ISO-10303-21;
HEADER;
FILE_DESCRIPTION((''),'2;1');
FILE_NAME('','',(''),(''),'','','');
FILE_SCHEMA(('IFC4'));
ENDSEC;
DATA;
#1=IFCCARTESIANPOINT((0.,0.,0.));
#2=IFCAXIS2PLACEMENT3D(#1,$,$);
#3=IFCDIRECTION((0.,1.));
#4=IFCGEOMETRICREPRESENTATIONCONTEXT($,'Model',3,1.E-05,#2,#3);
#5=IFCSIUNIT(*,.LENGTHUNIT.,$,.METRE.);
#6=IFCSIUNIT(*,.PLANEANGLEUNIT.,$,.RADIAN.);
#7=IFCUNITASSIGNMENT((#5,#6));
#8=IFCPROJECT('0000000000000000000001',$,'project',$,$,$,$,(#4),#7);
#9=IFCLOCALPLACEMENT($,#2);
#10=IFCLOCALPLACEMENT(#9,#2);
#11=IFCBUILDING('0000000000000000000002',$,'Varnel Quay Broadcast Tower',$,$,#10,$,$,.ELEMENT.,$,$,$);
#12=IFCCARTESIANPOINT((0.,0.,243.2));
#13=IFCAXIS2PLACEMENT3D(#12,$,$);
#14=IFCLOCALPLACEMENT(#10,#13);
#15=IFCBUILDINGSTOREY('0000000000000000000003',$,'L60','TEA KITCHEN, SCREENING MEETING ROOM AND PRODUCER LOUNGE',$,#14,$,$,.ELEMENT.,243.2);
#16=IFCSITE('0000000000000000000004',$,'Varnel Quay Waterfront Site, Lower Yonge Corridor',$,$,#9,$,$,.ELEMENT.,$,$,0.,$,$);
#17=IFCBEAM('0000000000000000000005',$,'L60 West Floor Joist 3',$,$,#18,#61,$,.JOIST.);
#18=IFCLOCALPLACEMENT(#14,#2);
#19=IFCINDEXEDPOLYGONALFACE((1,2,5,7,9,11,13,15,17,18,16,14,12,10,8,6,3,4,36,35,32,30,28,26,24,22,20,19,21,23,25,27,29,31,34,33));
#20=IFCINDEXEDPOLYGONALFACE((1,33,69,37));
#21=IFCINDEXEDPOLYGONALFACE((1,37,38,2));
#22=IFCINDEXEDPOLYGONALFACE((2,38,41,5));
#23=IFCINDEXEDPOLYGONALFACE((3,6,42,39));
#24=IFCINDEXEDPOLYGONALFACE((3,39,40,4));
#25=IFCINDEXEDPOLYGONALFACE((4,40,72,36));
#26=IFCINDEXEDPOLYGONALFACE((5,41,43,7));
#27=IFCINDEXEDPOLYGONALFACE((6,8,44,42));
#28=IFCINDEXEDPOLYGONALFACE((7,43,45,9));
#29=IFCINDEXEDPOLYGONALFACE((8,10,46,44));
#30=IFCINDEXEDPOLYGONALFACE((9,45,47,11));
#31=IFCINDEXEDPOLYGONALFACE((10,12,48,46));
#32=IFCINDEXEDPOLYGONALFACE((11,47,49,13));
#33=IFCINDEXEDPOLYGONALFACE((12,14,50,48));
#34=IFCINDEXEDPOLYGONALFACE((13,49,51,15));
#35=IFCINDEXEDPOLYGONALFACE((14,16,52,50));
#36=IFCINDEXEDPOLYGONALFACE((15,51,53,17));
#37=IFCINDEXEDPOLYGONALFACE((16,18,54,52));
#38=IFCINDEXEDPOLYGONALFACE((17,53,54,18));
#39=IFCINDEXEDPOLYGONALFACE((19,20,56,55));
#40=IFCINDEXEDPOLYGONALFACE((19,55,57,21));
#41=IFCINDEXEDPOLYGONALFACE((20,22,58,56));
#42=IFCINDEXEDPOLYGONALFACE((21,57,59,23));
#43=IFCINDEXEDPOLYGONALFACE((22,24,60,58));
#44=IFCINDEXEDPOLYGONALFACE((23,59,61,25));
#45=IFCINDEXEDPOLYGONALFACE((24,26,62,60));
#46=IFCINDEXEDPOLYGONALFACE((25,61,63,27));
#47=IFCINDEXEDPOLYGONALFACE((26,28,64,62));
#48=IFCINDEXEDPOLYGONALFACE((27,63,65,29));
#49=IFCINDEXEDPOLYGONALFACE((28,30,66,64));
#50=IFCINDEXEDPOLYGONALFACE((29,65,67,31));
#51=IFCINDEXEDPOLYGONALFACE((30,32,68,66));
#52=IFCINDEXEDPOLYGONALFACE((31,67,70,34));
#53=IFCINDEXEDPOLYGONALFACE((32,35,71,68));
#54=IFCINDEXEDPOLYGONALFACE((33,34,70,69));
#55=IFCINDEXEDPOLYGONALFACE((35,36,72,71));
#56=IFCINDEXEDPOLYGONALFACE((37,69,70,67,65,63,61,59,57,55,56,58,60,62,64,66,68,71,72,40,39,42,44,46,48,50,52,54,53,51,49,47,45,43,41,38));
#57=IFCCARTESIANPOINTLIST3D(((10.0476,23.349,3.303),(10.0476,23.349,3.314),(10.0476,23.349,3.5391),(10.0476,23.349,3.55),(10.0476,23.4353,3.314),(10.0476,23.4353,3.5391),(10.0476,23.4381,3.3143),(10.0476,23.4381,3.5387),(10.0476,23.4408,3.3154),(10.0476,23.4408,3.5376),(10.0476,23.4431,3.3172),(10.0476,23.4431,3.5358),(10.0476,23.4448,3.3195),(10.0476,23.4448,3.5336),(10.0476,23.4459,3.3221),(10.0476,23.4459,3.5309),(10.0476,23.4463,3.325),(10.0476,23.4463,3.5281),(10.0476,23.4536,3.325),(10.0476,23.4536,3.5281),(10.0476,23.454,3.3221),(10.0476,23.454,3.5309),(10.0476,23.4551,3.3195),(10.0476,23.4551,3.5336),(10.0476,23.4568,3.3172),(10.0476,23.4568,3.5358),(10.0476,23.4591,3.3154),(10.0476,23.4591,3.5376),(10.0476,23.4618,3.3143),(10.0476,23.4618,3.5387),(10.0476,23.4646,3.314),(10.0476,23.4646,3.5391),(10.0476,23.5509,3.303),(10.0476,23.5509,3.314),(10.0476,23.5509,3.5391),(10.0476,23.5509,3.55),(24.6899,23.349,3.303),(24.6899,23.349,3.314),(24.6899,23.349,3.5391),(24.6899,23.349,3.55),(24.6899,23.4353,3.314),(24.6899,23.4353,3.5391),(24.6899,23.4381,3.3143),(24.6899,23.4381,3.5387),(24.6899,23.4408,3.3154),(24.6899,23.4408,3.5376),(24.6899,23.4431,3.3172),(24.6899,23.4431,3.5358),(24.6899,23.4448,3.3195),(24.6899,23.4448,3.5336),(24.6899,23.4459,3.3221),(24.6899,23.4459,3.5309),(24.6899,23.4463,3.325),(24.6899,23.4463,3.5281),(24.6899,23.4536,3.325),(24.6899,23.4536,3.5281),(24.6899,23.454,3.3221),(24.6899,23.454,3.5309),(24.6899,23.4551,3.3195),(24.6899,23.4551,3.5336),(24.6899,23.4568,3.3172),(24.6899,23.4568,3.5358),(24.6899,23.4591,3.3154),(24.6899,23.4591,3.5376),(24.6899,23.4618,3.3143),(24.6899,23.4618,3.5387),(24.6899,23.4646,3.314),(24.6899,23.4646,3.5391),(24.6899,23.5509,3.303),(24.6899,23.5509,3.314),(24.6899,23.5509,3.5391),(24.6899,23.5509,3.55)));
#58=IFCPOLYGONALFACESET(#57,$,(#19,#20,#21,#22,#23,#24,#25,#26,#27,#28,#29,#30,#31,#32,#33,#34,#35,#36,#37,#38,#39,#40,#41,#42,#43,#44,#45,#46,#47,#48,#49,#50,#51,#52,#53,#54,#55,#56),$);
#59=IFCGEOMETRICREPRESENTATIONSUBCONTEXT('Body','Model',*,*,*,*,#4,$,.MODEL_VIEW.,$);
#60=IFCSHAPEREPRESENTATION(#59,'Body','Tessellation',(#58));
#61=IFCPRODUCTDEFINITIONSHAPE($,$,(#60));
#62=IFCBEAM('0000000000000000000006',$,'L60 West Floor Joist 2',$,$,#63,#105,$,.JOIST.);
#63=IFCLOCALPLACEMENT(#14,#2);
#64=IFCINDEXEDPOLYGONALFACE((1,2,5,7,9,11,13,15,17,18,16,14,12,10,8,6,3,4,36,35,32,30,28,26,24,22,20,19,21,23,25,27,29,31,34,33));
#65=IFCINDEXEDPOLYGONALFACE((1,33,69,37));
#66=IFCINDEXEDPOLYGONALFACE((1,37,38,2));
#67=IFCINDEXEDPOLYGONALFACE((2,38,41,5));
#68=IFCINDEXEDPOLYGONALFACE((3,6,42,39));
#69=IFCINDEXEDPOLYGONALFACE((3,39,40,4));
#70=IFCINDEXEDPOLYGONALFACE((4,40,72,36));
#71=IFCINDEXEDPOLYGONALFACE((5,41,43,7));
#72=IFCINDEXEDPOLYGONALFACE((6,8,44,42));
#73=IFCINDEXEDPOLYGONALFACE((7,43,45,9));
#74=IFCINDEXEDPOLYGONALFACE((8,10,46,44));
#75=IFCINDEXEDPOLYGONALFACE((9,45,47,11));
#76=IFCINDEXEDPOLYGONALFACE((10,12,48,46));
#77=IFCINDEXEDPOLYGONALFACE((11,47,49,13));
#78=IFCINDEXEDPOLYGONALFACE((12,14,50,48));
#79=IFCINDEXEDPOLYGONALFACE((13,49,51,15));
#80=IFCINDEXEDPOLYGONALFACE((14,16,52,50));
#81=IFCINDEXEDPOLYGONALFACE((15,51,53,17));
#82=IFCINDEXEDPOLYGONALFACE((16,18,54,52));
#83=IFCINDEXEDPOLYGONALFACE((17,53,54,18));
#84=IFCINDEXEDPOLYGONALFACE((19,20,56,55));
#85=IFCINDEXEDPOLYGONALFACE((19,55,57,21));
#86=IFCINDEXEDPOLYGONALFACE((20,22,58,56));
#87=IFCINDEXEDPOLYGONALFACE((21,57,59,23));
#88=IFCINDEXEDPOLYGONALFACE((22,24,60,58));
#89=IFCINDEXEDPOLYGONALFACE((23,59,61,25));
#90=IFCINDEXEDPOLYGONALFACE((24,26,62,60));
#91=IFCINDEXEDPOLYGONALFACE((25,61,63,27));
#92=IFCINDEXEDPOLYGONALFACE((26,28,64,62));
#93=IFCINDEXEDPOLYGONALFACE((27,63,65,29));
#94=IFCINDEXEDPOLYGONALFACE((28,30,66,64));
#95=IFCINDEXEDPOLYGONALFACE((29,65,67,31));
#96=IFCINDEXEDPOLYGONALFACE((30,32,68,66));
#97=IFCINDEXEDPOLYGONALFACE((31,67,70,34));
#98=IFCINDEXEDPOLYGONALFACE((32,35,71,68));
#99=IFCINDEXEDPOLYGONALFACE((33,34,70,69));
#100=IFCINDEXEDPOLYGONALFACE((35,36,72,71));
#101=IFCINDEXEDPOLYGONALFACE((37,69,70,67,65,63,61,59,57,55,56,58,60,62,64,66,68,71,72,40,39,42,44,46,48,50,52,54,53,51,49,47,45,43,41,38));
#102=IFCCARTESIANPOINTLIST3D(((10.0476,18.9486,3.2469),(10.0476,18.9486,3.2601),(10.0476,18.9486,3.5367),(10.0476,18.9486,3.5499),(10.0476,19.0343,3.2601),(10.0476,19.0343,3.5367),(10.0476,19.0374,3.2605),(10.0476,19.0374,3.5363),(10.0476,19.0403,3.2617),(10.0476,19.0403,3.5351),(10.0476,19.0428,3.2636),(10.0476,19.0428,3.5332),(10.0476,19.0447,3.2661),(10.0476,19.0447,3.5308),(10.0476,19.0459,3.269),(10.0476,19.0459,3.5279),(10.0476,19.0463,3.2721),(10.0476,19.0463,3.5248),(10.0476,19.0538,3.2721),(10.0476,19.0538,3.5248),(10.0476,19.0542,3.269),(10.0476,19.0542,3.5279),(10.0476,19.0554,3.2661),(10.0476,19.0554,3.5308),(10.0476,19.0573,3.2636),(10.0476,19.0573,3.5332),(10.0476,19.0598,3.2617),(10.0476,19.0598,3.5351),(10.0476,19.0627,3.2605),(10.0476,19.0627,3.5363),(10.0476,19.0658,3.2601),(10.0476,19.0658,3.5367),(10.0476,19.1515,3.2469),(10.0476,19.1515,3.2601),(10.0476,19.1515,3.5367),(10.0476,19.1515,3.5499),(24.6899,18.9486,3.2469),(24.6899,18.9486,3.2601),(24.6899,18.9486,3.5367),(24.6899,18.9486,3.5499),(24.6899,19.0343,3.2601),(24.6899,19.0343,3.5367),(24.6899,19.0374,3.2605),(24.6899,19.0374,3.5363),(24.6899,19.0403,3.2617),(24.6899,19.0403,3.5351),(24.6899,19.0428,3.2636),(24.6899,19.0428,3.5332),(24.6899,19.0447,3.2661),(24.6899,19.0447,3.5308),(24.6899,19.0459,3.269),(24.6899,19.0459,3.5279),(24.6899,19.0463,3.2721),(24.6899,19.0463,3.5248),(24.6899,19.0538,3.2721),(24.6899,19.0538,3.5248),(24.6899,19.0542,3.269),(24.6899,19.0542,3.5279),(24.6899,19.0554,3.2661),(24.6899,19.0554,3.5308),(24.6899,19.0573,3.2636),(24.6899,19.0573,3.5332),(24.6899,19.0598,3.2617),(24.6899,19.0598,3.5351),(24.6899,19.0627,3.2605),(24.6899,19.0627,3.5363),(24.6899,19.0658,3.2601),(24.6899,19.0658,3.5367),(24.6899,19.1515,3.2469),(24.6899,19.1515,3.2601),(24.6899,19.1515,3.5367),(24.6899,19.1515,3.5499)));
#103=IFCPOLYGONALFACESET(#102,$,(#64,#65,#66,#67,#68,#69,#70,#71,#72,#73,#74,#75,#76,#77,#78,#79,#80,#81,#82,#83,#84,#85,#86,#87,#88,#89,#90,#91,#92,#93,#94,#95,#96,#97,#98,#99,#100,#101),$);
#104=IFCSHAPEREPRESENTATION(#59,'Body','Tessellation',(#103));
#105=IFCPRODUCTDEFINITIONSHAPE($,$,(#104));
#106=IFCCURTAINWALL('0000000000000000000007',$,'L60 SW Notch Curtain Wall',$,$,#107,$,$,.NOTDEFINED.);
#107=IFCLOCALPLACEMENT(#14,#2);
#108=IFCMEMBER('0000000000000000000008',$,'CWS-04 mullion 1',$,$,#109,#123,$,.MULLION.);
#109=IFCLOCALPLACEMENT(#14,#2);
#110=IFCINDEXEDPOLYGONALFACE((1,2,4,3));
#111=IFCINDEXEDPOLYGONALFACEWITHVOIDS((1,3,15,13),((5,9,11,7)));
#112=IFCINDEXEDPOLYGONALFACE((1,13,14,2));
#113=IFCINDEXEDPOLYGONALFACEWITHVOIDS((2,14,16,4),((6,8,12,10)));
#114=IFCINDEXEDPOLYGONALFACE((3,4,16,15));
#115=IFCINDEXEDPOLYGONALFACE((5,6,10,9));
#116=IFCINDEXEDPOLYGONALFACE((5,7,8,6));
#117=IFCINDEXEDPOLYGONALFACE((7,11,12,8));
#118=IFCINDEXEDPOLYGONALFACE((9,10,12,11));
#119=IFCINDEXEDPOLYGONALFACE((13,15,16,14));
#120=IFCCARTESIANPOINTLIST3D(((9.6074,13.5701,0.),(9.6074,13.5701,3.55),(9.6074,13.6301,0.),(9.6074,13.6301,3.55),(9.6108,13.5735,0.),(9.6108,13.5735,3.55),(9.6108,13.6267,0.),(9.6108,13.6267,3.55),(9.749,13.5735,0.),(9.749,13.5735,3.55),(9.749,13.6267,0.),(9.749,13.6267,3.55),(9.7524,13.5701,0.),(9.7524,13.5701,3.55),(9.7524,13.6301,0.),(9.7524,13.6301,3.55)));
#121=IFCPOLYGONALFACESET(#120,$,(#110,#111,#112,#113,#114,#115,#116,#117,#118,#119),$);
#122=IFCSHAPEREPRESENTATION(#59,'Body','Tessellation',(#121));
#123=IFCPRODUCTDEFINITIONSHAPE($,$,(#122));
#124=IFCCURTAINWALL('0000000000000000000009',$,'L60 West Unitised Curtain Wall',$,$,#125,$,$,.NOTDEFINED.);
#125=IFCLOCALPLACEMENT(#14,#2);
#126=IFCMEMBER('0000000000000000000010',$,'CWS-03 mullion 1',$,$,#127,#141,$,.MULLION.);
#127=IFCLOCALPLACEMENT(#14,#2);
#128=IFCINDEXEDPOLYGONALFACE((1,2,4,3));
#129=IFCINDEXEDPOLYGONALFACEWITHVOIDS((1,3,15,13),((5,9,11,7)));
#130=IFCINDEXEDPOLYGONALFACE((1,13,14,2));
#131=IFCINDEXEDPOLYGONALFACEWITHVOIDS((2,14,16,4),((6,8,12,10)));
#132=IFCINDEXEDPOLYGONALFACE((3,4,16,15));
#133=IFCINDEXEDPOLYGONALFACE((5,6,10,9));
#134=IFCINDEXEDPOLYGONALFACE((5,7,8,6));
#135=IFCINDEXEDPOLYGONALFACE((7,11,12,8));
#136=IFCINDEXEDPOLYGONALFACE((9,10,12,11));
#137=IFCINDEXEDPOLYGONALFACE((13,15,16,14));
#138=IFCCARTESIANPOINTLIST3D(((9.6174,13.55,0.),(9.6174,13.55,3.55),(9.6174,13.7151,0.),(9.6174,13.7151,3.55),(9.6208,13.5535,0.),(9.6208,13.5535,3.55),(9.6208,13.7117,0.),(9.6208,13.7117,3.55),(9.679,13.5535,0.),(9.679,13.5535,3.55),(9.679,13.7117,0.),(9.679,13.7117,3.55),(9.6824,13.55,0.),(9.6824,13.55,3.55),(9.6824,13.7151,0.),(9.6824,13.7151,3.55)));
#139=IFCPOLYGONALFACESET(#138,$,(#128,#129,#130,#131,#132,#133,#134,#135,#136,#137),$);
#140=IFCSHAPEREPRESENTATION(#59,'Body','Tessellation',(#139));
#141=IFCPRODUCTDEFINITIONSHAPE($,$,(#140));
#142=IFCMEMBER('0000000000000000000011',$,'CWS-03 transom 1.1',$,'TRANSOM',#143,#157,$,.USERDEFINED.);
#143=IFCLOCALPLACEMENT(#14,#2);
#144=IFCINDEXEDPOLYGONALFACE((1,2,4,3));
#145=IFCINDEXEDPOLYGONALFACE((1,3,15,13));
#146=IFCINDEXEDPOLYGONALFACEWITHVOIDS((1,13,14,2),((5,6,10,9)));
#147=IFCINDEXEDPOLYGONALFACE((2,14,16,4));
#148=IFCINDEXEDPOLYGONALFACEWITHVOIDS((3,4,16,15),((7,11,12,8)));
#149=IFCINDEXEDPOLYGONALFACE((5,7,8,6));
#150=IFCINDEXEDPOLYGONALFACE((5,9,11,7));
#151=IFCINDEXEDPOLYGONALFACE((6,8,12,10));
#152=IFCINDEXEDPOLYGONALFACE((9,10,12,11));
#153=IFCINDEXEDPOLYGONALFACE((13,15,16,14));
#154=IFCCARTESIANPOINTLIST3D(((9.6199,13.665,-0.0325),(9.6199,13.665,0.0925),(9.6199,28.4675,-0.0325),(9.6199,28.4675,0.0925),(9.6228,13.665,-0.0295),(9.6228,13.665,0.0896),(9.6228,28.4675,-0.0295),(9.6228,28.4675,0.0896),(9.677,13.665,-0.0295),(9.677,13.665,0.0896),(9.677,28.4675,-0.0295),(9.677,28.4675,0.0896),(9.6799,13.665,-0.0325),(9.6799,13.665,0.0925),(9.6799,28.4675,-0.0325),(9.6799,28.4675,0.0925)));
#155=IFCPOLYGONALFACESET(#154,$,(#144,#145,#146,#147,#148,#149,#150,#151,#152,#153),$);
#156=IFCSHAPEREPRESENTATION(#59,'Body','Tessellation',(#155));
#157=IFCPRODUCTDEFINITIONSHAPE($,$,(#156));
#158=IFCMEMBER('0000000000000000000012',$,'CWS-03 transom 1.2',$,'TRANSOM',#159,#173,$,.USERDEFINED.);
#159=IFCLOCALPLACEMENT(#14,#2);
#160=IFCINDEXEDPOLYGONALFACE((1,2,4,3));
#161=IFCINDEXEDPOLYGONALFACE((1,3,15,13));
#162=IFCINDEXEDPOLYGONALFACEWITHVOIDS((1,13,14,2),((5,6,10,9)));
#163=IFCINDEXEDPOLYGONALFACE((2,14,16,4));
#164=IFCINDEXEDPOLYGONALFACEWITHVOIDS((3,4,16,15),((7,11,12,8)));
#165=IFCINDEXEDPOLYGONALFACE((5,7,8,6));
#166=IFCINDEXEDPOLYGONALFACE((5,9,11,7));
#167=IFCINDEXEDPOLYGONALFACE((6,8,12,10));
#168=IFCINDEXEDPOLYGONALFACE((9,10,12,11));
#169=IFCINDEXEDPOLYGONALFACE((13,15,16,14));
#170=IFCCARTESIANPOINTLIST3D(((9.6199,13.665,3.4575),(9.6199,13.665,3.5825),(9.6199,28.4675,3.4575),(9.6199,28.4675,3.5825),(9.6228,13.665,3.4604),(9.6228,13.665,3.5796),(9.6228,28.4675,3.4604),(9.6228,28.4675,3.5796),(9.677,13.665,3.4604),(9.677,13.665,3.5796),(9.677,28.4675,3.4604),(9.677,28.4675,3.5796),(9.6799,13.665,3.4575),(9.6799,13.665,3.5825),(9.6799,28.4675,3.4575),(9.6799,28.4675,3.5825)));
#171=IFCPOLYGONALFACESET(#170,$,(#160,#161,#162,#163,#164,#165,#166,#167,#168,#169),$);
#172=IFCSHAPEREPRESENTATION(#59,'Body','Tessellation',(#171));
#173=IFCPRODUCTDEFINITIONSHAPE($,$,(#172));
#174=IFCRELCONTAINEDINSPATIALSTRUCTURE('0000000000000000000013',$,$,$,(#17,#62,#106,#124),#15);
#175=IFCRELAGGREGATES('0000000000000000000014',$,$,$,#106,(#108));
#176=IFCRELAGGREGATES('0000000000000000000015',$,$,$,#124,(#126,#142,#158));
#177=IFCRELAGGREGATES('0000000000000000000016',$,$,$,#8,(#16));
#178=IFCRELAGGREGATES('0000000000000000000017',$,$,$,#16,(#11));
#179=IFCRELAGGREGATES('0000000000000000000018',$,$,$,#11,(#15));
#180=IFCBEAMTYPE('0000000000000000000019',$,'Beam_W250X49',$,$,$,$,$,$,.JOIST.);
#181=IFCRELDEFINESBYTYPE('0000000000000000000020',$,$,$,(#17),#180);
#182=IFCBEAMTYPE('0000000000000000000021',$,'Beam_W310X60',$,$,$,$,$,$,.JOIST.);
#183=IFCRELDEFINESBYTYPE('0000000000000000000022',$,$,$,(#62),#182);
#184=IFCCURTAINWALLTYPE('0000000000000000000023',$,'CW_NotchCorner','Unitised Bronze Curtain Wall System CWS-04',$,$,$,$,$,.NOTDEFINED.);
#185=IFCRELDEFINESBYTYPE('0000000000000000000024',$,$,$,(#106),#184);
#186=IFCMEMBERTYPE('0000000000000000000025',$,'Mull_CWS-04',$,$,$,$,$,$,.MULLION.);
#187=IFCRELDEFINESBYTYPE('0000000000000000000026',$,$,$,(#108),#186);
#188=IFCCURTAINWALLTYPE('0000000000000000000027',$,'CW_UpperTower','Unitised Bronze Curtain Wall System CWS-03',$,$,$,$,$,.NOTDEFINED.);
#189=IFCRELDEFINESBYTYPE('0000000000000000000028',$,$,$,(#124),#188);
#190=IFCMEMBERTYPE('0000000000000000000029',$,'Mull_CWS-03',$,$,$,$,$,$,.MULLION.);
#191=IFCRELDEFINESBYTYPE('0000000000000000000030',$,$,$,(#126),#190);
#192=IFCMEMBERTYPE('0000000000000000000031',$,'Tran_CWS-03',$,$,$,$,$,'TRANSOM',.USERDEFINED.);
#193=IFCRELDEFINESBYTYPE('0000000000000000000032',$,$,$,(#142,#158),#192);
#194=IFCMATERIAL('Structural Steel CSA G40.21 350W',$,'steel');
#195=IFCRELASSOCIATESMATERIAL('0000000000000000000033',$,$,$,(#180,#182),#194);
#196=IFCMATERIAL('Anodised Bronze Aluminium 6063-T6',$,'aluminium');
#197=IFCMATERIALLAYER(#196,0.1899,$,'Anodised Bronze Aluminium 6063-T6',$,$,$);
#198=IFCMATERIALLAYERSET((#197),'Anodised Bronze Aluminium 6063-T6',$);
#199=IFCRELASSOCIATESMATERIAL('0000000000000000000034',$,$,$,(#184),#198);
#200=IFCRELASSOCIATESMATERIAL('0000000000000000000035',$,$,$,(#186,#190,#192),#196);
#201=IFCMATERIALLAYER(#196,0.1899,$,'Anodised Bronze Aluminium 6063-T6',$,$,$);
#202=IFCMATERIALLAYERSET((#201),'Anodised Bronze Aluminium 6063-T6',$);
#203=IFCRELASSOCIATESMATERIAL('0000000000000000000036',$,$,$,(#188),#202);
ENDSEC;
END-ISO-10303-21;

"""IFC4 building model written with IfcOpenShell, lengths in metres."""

from ifc_helpers import new_model, si_unit, direction, frame, origin, origin_2d, place, context, subcontext, project, spatial, hollow_rectangle, i_section, extrude, source, transform, mapped, material, layer, layer_set, material_profile, profile_set, type_object, type_shapes, element, aggregate, save


model = new_model("IFC4")

# Units and contexts
model_context = context("Model", 3, precision=1e-05, world=origin(), true_north=direction((0.0, 1.0)))
body_context = subcontext(model_context, "Body", "Model", "MODEL_VIEW")
ifc_project = project(units=[si_unit("LENGTHUNIT", "METRE"), si_unit("PLANEANGLEUNIT", "RADIAN")], contexts=[model_context])

# Site, building, storey
site_placement = place(None, origin())
site = spatial("IfcSite", under=ifc_project, at=site_placement, Name="Varnel Quay Waterfront Site, Lower Yonge Corridor", CompositionType="ELEMENT", RefElevation=0.0)
building_placement = place(site_placement, origin())
building = spatial("IfcBuilding", under=site, at=building_placement, Name="Varnel Quay Broadcast Tower", CompositionType="ELEMENT")
storey_placement = place(building_placement, frame((0.0, 0.0, 243.2)))
storey = spatial("IfcBuildingStorey", under=building, at=storey_placement, Name="L60", Description="TEA KITCHEN, SCREENING MEETING ROOM AND PRODUCER LOUNGE", CompositionType="ELEMENT", Elevation=243.2)

# Shared definitions
ifc_material_1 = material(Name="Structural Steel CSA G40.21 350W", Category="steel")

# Beams
ifc_material_profile_1 = material_profile(ifc_material_1, i_section(OverallWidth=0.2019, OverallDepth=0.2471, WebThickness=0.0073, FlangeThickness=0.011, FilletRadius=0.011, at=origin_2d()), Name="W250X49")
ifc_profile_set_1 = profile_set([ifc_material_profile_1], Name="Structural Steel CSA G40.21 350W")
beam_type_1 = type_object("IfcBeamType", Name="Beam_W250X49", PredefinedType="JOIST", material=ifc_profile_set_1)
shared_shape_1 = source(origin(), body_context, "Body", "SweptSolid", [
    extrude(i_section(OverallWidth=0.2019, OverallDepth=0.2471, WebThickness=0.0073, FlangeThickness=0.011, FilletRadius=0.011, at=origin_2d()), origin(), (0.0, 0.0, 1.0), 14.6423),
])
type_shapes(beam_type_1, [shared_shape_1])
for number, where, z_axis, x_axis, name in (
    (1, (10.0476, 23.45, 3.4265), (1.0, 0.0, 0.0), (0.0, 1.0, 0.0), "L60 West Floor Joist 3"),
):
    element("IfcBeam", number, at=place(storey_placement, frame(where, z_axis=z_axis, x_axis=x_axis)), inside=storey, type_object=beam_type_1, Name=name, PredefinedType="JOIST", context=body_context, shape_type="MappedRepresentation", body=[
        mapped(shared_shape_1, transform((0.0, 0.0, 0.0), x_axis=(1.0, 0.0, 0.0), y_axis=(0.0, 1.0, 0.0), z_axis=(0.0, 0.0, 1.0), scale=1.0)),
    ])
ifc_material_profile_2 = material_profile(ifc_material_1, i_section(OverallWidth=0.2029, OverallDepth=0.303, WebThickness=0.0076, FlangeThickness=0.0132, FilletRadius=0.012, at=origin_2d()), Name="W310X60")
ifc_profile_set_2 = profile_set([ifc_material_profile_2], Name="Structural Steel CSA G40.21 350W")
beam_type_2 = type_object("IfcBeamType", Name="Beam_W310X60", PredefinedType="JOIST", material=ifc_profile_set_2)
shared_shape_2 = source(origin(), body_context, "Body", "SweptSolid", [
    extrude(i_section(OverallWidth=0.2029, OverallDepth=0.303, WebThickness=0.0076, FlangeThickness=0.0132, FilletRadius=0.012, at=origin_2d()), origin(), (0.0, 0.0, 1.0), 14.6423),
])
type_shapes(beam_type_2, [shared_shape_2])
beam_1_placement = place(storey_placement, frame((10.0476, 19.05, 3.3984), z_axis=(1.0, 0.0, 0.0), x_axis=(0.0, 1.0, 0.0)))
element("IfcBeam", 2, at=beam_1_placement, inside=storey, type_object=beam_type_2, Name="L60 West Floor Joist 2", PredefinedType="JOIST", context=body_context, shape_type="MappedRepresentation", body=[
    mapped(shared_shape_2, transform((0.0, 0.0, 0.0), x_axis=(1.0, 0.0, 0.0), y_axis=(0.0, 1.0, 0.0), z_axis=(0.0, 0.0, 1.0), scale=1.0)),
])

# Curtain wall, member
ifc_material_2 = material(Name="Anodised Bronze Aluminium 6063-T6", Category="aluminium")
ifc_layer_1 = layer(ifc_material_2, 0.1899, Name="Anodised Bronze Aluminium 6063-T6")
ifc_layer_set_1 = layer_set([ifc_layer_1], Name="Anodised Bronze Aluminium 6063-T6")
curtain_wall_type_1 = type_object("IfcCurtainWallType", Name="CW_NotchCorner", Description="Unitised Bronze Curtain Wall System CWS-04", PredefinedType="NOTDEFINED", material=ifc_layer_set_1)
curtain_wall_1_placement = place(storey_placement, origin())
curtain_wall_1 = element("IfcCurtainWall", 3, at=curtain_wall_1_placement, inside=storey, type_object=curtain_wall_type_1, Name="L60 SW Notch Curtain Wall", PredefinedType="NOTDEFINED")
ifc_material_profile_3 = material_profile(ifc_material_2, hollow_rectangle(XDim=0.0601, YDim=0.145, WallThickness=0.0034, at=origin_2d()), Name="ALU60X145X3.5")
ifc_profile_set_3 = profile_set([ifc_material_profile_3], Name="Anodised Bronze Aluminium 6063-T6")
member_type_1 = type_object("IfcMemberType", Name="Mull_CWS-04", PredefinedType="MULLION", material=ifc_profile_set_3)
shared_shape_3 = source(origin(), body_context, "Body", "SweptSolid", [
    extrude(hollow_rectangle(XDim=0.0601, YDim=0.145, WallThickness=0.0034, at=origin_2d()), origin(), (0.0, 0.0, 1.0), 3.55),
])
type_shapes(member_type_1, [shared_shape_3])
member_1_placement = place(storey_placement, frame((9.6799, 13.6001, 0.0), z_axis=(0.0, 0.0, 1.0), x_axis=(0.0, 1.0, 0.0)))
member_1 = element("IfcMember", 4, at=member_1_placement, type_object=member_type_1, Name="CWS-04 mullion 1", PredefinedType="MULLION", context=body_context, shape_type="MappedRepresentation", body=[
    mapped(shared_shape_3, transform((0.0, 0.0, 0.0), x_axis=(1.0, 0.0, 0.0), y_axis=(0.0, 1.0, 0.0), z_axis=(0.0, 0.0, 1.0), scale=1.0)),
])

# Curtain wall, members
ifc_layer_2 = layer(ifc_material_2, 0.1899, Name="Anodised Bronze Aluminium 6063-T6")
ifc_layer_set_2 = layer_set([ifc_layer_2], Name="Anodised Bronze Aluminium 6063-T6")
curtain_wall_type_2 = type_object("IfcCurtainWallType", Name="CW_UpperTower", Description="Unitised Bronze Curtain Wall System CWS-03", PredefinedType="NOTDEFINED", material=ifc_layer_set_2)
curtain_wall_2_placement = place(storey_placement, origin())
curtain_wall_2 = element("IfcCurtainWall", 5, at=curtain_wall_2_placement, inside=storey, type_object=curtain_wall_type_2, Name="L60 West Unitised Curtain Wall", PredefinedType="NOTDEFINED")
ifc_material_profile_4 = material_profile(ifc_material_2, hollow_rectangle(XDim=0.0649, YDim=0.165, WallThickness=0.0034, at=origin_2d()), Name="ALU65X165X3.5")
ifc_profile_set_4 = profile_set([ifc_material_profile_4], Name="Anodised Bronze Aluminium 6063-T6")
member_type_2 = type_object("IfcMemberType", Name="Mull_CWS-03", PredefinedType="MULLION", material=ifc_profile_set_4)
shared_shape_4 = source(origin(), body_context, "Body", "SweptSolid", [
    extrude(hollow_rectangle(XDim=0.0649, YDim=0.165, WallThickness=0.0034, at=origin_2d()), origin(), (0.0, 0.0, 1.0), 3.55),
])
type_shapes(member_type_2, [shared_shape_4])
member_2_placement = place(storey_placement, frame((9.6499, 13.6326, 0.0), z_axis=(0.0, 0.0, 1.0), x_axis=(-1.0, 0.0, 0.0)))
member_2 = element("IfcMember", 6, at=member_2_placement, type_object=member_type_2, Name="CWS-03 mullion 1", PredefinedType="MULLION", context=body_context, shape_type="MappedRepresentation", body=[
    mapped(shared_shape_4, transform((0.0, 0.0, 0.0), x_axis=(1.0, 0.0, 0.0), y_axis=(0.0, 1.0, 0.0), z_axis=(0.0, 0.0, 1.0), scale=1.0)),
])
ifc_material_profile_5 = material_profile(ifc_material_2, hollow_rectangle(XDim=0.0601, YDim=0.125, WallThickness=0.0029, at=origin_2d()), Name="ALU60X125X3")
ifc_profile_set_5 = profile_set([ifc_material_profile_5], Name="Anodised Bronze Aluminium 6063-T6")
member_type_3 = type_object("IfcMemberType", Name="Tran_CWS-03", ElementType="TRANSOM", PredefinedType="USERDEFINED", material=ifc_profile_set_5)
shared_shape_5 = source(origin(), body_context, "Body", "SweptSolid", [
    extrude(hollow_rectangle(XDim=0.0601, YDim=0.125, WallThickness=0.0029, at=origin_2d()), origin(), (0.0, 0.0, 1.0), 14.8025),
])
type_shapes(member_type_3, [shared_shape_5])
member_3_placement = place(storey_placement, frame((9.6499, 13.665, 0.03), z_axis=(0.0, 1.0, 0.0), x_axis=(-1.0, 0.0, 0.0)))
member_3 = element("IfcMember", 7, at=member_3_placement, type_object=member_type_3, Name="CWS-03 transom 1.1", ObjectType="TRANSOM", PredefinedType="USERDEFINED", context=body_context, shape_type="MappedRepresentation", body=[
    mapped(shared_shape_5, transform((0.0, 0.0, 0.0), x_axis=(1.0, 0.0, 0.0), y_axis=(0.0, 1.0, 0.0), z_axis=(0.0, 0.0, 1.0), scale=1.0)),
])
member_4_placement = place(storey_placement, frame((9.6499, 13.665, 3.52), z_axis=(0.0, 1.0, 0.0), x_axis=(-1.0, 0.0, 0.0)))
member_4 = element("IfcMember", 8, at=member_4_placement, type_object=member_type_3, Name="CWS-03 transom 1.2", ObjectType="TRANSOM", PredefinedType="USERDEFINED", context=body_context, shape_type="MappedRepresentation", body=[
    mapped(shared_shape_5, transform((0.0, 0.0, 0.0), x_axis=(1.0, 0.0, 0.0), y_axis=(0.0, 1.0, 0.0), z_axis=(0.0, 0.0, 1.0), scale=1.0)),
])

aggregate(curtain_wall_1, [member_1])

aggregate(curtain_wall_2, [member_2, member_3, member_4])

save(model, "model.ifc")
